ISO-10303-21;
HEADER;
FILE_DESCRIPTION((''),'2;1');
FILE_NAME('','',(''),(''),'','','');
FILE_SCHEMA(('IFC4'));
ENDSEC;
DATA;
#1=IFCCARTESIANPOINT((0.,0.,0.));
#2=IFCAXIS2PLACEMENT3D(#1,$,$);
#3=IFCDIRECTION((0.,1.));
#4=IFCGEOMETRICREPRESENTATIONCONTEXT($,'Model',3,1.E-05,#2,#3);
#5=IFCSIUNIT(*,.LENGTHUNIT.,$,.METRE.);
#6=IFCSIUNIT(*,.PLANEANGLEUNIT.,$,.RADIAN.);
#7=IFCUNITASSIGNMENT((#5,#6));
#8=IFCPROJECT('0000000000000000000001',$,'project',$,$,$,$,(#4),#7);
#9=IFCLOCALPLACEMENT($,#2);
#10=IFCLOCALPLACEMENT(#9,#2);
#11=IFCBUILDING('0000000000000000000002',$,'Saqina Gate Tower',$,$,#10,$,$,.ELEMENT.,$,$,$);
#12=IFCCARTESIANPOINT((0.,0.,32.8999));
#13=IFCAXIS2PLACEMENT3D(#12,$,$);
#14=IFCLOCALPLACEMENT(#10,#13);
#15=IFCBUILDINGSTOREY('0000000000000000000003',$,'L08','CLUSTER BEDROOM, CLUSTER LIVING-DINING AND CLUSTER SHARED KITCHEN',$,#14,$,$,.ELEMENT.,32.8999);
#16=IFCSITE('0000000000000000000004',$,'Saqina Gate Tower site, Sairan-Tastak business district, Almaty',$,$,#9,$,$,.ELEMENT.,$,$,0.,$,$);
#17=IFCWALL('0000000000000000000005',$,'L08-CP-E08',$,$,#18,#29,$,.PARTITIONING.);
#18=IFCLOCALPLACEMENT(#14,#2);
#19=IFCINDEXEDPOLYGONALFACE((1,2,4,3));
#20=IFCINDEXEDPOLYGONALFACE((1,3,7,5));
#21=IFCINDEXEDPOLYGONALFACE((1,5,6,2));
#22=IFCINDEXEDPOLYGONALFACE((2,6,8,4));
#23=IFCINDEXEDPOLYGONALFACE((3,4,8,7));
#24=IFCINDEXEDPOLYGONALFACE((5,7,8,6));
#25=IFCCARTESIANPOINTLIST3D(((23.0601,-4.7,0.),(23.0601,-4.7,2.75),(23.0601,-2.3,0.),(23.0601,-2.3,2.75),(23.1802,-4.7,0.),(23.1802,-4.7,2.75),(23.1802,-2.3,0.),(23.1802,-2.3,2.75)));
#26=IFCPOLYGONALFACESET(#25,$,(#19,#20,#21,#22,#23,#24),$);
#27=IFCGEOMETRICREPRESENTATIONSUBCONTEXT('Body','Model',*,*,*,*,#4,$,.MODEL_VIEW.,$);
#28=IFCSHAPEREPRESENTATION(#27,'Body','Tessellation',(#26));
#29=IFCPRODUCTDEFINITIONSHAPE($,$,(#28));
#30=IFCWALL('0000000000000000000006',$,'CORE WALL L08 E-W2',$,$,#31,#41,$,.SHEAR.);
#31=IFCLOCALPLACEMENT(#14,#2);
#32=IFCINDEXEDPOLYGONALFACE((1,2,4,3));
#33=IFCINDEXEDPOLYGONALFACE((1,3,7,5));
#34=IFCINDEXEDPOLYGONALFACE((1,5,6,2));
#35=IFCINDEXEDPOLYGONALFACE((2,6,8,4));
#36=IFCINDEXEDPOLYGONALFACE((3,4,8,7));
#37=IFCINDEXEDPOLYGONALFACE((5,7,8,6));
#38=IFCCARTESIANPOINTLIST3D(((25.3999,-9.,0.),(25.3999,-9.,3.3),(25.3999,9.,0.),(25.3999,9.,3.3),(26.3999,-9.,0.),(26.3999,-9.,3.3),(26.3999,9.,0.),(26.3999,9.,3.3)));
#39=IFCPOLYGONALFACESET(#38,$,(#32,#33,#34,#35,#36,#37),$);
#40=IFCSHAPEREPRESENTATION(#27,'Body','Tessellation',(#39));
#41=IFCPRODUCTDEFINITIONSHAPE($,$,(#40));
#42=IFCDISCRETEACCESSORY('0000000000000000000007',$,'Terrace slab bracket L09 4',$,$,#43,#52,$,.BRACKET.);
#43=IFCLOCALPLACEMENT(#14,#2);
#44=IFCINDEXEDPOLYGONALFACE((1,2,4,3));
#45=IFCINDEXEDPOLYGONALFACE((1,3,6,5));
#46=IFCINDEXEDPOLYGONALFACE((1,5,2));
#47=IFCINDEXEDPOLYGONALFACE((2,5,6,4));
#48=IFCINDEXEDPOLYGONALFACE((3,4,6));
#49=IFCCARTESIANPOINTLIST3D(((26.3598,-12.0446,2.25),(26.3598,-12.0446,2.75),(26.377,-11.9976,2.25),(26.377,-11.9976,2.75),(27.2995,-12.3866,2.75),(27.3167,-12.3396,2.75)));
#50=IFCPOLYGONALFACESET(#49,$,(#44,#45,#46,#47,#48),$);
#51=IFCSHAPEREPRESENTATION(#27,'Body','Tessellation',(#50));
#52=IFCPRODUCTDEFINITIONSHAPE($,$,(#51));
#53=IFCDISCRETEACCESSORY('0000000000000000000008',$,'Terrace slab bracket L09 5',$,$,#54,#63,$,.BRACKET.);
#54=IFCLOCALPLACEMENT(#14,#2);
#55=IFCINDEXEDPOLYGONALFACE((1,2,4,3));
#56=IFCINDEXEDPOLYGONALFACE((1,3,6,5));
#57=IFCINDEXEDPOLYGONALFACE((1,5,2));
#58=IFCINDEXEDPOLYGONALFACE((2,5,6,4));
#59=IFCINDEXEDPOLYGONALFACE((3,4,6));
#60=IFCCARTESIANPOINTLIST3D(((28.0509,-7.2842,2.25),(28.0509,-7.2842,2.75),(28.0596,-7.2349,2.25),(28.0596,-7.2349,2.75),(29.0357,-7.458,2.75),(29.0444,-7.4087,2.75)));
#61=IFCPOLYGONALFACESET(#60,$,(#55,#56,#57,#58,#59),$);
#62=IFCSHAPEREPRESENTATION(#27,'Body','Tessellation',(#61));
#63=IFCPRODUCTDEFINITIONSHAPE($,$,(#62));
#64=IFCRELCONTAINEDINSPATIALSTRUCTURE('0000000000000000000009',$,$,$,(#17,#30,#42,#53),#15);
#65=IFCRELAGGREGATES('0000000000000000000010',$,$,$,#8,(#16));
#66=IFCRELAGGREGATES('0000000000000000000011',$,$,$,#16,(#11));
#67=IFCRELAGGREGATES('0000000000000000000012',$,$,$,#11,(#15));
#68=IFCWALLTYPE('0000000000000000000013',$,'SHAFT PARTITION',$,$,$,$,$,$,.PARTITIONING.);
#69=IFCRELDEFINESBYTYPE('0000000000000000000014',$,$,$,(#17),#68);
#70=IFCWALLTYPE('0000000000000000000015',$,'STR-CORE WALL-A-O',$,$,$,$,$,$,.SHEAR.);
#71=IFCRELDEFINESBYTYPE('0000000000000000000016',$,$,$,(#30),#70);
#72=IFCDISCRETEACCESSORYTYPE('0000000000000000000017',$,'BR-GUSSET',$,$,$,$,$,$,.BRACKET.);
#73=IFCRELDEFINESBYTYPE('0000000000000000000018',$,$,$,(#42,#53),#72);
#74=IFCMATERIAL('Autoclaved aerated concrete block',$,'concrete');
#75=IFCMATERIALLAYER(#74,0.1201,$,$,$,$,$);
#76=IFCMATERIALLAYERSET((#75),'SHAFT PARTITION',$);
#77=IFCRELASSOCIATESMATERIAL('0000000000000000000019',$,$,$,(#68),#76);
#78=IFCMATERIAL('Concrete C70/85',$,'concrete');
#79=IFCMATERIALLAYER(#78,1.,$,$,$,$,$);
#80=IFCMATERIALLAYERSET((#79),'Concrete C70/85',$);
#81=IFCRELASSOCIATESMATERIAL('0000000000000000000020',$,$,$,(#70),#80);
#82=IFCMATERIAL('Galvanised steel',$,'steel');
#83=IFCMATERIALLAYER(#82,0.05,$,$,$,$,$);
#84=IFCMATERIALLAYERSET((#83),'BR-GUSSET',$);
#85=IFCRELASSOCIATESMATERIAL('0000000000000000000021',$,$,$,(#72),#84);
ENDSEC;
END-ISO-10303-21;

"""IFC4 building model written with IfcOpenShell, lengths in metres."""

from ifc_helpers import new_model, si_unit, direction, frame, frame_2d, origin, place, context, subcontext, project, spatial, polyline, rectangle, outline, extrude, material, layer, layer_set, type_object, element, save


model = new_model("IFC4")

# Units and contexts
model_context = context("Model", 3, precision=1e-05, world=origin(), true_north=direction((0.0, 1.0)))
body_context = subcontext(model_context, "Body", "Model", "MODEL_VIEW")
ifc_project = project(units=[si_unit("LENGTHUNIT", "METRE"), si_unit("PLANEANGLEUNIT", "RADIAN")], contexts=[model_context])

# Site, building, storey
site_placement = place(None, origin())
site = spatial("IfcSite", under=ifc_project, at=site_placement, Name="Saqina Gate Tower site, Sairan-Tastak business district, Almaty", CompositionType="ELEMENT", RefElevation=0.0)
building_placement = place(site_placement, origin())
building = spatial("IfcBuilding", under=site, at=building_placement, Name="Saqina Gate Tower", CompositionType="ELEMENT")
storey_placement = place(building_placement, frame((0.0, 0.0, 32.8999)))
storey = spatial("IfcBuildingStorey", under=building, at=storey_placement, Name="L08", Description="CLUSTER BEDROOM, CLUSTER LIVING-DINING AND CLUSTER SHARED KITCHEN", CompositionType="ELEMENT", Elevation=32.8999)

# Walls
ifc_material_1 = material(Name="Autoclaved aerated concrete block", Category="concrete")
ifc_layer_1 = layer(ifc_material_1, 0.1201)
ifc_layer_set_1 = layer_set([ifc_layer_1], Name="SHAFT PARTITION")
wall_type_1 = type_object("IfcWallType", Name="SHAFT PARTITION", PredefinedType="PARTITIONING", material=ifc_layer_set_1)
wall_1_placement = place(storey_placement, frame((23.1201, -4.7, 0.0), z_axis=(0.0, 0.0, 1.0), x_axis=(0.0, 1.0, 0.0)))
element("IfcWall", 1, at=wall_1_placement, inside=storey, type_object=wall_type_1, Name="L08-CP-E08", PredefinedType="PARTITIONING", context=body_context, shape_type="SweptSolid", body=[
    extrude(rectangle(XDim=2.3999, YDim=0.1201, at=frame_2d((1.2, 0.0))), origin(), (0.0, 0.0, 1.0), 2.75),
])
ifc_material_2 = material(Name="Concrete C70/85", Category="concrete")
ifc_layer_2 = layer(ifc_material_2, 1.0)
ifc_layer_set_2 = layer_set([ifc_layer_2], Name="Concrete C70/85")
wall_type_2 = type_object("IfcWallType", Name="STR-CORE WALL-A-O", PredefinedType="SHEAR", material=ifc_layer_set_2)
wall_2_placement = place(storey_placement, frame((25.8999, -9.0, 0.0), z_axis=(0.0, 0.0, 1.0), x_axis=(0.0, 1.0, 0.0)))
element("IfcWall", 2, at=wall_2_placement, inside=storey, type_object=wall_type_2, Name="CORE WALL L08 E-W2", PredefinedType="SHEAR", context=body_context, shape_type="SweptSolid", body=[
    extrude(rectangle(XDim=18.0, YDim=1.0, at=frame_2d((9.0, 0.0))), origin(), (0.0, 0.0, 1.0), 3.3),
])

# Discrete accessories
ifc_material_3 = material(Name="Galvanised steel", Category="steel")
ifc_layer_3 = layer(ifc_material_3, 0.05)
ifc_layer_set_3 = layer_set([ifc_layer_3], Name="BR-GUSSET")
discrete_accessory_type = type_object("IfcDiscreteAccessoryType", Name="BR-GUSSET", PredefinedType="BRACKET", material=ifc_layer_set_3)
discrete_accessory_1_placement = place(storey_placement, frame((26.377, -11.9976, 2.25), z_axis=(0.342037, 0.939686, 0.0), x_axis=(0.0, 0.0, 1.0)))
element("IfcDiscreteAccessory", 3, at=discrete_accessory_1_placement, inside=storey, type_object=discrete_accessory_type, Name="Terrace slab bracket L09 4", PredefinedType="BRACKET", context=body_context, shape_type="SweptSolid", body=[
    extrude(outline(polyline([(0.0, 0.0), (0.5, 0.0), (0.5, 1.0), (0.0, 0.0)])), origin(), (0.0, 0.0, -1.0), 0.05),
])
discrete_accessory_2_placement = place(storey_placement, frame((28.0596, -7.2349, 2.25), z_axis=(0.173813, 0.984779, 0.0), x_axis=(0.0, 0.0, 1.0)))
element("IfcDiscreteAccessory", 4, at=discrete_accessory_2_placement, inside=storey, type_object=discrete_accessory_type, Name="Terrace slab bracket L09 5", PredefinedType="BRACKET", context=body_context, shape_type="SweptSolid", body=[
    extrude(outline(polyline([(0.0, 0.0), (0.5, 0.0), (0.5, 1.0001), (0.0, 0.0)])), origin(), (0.0, 0.0, -1.0), 0.05),
])

save(model, "model.ifc")
